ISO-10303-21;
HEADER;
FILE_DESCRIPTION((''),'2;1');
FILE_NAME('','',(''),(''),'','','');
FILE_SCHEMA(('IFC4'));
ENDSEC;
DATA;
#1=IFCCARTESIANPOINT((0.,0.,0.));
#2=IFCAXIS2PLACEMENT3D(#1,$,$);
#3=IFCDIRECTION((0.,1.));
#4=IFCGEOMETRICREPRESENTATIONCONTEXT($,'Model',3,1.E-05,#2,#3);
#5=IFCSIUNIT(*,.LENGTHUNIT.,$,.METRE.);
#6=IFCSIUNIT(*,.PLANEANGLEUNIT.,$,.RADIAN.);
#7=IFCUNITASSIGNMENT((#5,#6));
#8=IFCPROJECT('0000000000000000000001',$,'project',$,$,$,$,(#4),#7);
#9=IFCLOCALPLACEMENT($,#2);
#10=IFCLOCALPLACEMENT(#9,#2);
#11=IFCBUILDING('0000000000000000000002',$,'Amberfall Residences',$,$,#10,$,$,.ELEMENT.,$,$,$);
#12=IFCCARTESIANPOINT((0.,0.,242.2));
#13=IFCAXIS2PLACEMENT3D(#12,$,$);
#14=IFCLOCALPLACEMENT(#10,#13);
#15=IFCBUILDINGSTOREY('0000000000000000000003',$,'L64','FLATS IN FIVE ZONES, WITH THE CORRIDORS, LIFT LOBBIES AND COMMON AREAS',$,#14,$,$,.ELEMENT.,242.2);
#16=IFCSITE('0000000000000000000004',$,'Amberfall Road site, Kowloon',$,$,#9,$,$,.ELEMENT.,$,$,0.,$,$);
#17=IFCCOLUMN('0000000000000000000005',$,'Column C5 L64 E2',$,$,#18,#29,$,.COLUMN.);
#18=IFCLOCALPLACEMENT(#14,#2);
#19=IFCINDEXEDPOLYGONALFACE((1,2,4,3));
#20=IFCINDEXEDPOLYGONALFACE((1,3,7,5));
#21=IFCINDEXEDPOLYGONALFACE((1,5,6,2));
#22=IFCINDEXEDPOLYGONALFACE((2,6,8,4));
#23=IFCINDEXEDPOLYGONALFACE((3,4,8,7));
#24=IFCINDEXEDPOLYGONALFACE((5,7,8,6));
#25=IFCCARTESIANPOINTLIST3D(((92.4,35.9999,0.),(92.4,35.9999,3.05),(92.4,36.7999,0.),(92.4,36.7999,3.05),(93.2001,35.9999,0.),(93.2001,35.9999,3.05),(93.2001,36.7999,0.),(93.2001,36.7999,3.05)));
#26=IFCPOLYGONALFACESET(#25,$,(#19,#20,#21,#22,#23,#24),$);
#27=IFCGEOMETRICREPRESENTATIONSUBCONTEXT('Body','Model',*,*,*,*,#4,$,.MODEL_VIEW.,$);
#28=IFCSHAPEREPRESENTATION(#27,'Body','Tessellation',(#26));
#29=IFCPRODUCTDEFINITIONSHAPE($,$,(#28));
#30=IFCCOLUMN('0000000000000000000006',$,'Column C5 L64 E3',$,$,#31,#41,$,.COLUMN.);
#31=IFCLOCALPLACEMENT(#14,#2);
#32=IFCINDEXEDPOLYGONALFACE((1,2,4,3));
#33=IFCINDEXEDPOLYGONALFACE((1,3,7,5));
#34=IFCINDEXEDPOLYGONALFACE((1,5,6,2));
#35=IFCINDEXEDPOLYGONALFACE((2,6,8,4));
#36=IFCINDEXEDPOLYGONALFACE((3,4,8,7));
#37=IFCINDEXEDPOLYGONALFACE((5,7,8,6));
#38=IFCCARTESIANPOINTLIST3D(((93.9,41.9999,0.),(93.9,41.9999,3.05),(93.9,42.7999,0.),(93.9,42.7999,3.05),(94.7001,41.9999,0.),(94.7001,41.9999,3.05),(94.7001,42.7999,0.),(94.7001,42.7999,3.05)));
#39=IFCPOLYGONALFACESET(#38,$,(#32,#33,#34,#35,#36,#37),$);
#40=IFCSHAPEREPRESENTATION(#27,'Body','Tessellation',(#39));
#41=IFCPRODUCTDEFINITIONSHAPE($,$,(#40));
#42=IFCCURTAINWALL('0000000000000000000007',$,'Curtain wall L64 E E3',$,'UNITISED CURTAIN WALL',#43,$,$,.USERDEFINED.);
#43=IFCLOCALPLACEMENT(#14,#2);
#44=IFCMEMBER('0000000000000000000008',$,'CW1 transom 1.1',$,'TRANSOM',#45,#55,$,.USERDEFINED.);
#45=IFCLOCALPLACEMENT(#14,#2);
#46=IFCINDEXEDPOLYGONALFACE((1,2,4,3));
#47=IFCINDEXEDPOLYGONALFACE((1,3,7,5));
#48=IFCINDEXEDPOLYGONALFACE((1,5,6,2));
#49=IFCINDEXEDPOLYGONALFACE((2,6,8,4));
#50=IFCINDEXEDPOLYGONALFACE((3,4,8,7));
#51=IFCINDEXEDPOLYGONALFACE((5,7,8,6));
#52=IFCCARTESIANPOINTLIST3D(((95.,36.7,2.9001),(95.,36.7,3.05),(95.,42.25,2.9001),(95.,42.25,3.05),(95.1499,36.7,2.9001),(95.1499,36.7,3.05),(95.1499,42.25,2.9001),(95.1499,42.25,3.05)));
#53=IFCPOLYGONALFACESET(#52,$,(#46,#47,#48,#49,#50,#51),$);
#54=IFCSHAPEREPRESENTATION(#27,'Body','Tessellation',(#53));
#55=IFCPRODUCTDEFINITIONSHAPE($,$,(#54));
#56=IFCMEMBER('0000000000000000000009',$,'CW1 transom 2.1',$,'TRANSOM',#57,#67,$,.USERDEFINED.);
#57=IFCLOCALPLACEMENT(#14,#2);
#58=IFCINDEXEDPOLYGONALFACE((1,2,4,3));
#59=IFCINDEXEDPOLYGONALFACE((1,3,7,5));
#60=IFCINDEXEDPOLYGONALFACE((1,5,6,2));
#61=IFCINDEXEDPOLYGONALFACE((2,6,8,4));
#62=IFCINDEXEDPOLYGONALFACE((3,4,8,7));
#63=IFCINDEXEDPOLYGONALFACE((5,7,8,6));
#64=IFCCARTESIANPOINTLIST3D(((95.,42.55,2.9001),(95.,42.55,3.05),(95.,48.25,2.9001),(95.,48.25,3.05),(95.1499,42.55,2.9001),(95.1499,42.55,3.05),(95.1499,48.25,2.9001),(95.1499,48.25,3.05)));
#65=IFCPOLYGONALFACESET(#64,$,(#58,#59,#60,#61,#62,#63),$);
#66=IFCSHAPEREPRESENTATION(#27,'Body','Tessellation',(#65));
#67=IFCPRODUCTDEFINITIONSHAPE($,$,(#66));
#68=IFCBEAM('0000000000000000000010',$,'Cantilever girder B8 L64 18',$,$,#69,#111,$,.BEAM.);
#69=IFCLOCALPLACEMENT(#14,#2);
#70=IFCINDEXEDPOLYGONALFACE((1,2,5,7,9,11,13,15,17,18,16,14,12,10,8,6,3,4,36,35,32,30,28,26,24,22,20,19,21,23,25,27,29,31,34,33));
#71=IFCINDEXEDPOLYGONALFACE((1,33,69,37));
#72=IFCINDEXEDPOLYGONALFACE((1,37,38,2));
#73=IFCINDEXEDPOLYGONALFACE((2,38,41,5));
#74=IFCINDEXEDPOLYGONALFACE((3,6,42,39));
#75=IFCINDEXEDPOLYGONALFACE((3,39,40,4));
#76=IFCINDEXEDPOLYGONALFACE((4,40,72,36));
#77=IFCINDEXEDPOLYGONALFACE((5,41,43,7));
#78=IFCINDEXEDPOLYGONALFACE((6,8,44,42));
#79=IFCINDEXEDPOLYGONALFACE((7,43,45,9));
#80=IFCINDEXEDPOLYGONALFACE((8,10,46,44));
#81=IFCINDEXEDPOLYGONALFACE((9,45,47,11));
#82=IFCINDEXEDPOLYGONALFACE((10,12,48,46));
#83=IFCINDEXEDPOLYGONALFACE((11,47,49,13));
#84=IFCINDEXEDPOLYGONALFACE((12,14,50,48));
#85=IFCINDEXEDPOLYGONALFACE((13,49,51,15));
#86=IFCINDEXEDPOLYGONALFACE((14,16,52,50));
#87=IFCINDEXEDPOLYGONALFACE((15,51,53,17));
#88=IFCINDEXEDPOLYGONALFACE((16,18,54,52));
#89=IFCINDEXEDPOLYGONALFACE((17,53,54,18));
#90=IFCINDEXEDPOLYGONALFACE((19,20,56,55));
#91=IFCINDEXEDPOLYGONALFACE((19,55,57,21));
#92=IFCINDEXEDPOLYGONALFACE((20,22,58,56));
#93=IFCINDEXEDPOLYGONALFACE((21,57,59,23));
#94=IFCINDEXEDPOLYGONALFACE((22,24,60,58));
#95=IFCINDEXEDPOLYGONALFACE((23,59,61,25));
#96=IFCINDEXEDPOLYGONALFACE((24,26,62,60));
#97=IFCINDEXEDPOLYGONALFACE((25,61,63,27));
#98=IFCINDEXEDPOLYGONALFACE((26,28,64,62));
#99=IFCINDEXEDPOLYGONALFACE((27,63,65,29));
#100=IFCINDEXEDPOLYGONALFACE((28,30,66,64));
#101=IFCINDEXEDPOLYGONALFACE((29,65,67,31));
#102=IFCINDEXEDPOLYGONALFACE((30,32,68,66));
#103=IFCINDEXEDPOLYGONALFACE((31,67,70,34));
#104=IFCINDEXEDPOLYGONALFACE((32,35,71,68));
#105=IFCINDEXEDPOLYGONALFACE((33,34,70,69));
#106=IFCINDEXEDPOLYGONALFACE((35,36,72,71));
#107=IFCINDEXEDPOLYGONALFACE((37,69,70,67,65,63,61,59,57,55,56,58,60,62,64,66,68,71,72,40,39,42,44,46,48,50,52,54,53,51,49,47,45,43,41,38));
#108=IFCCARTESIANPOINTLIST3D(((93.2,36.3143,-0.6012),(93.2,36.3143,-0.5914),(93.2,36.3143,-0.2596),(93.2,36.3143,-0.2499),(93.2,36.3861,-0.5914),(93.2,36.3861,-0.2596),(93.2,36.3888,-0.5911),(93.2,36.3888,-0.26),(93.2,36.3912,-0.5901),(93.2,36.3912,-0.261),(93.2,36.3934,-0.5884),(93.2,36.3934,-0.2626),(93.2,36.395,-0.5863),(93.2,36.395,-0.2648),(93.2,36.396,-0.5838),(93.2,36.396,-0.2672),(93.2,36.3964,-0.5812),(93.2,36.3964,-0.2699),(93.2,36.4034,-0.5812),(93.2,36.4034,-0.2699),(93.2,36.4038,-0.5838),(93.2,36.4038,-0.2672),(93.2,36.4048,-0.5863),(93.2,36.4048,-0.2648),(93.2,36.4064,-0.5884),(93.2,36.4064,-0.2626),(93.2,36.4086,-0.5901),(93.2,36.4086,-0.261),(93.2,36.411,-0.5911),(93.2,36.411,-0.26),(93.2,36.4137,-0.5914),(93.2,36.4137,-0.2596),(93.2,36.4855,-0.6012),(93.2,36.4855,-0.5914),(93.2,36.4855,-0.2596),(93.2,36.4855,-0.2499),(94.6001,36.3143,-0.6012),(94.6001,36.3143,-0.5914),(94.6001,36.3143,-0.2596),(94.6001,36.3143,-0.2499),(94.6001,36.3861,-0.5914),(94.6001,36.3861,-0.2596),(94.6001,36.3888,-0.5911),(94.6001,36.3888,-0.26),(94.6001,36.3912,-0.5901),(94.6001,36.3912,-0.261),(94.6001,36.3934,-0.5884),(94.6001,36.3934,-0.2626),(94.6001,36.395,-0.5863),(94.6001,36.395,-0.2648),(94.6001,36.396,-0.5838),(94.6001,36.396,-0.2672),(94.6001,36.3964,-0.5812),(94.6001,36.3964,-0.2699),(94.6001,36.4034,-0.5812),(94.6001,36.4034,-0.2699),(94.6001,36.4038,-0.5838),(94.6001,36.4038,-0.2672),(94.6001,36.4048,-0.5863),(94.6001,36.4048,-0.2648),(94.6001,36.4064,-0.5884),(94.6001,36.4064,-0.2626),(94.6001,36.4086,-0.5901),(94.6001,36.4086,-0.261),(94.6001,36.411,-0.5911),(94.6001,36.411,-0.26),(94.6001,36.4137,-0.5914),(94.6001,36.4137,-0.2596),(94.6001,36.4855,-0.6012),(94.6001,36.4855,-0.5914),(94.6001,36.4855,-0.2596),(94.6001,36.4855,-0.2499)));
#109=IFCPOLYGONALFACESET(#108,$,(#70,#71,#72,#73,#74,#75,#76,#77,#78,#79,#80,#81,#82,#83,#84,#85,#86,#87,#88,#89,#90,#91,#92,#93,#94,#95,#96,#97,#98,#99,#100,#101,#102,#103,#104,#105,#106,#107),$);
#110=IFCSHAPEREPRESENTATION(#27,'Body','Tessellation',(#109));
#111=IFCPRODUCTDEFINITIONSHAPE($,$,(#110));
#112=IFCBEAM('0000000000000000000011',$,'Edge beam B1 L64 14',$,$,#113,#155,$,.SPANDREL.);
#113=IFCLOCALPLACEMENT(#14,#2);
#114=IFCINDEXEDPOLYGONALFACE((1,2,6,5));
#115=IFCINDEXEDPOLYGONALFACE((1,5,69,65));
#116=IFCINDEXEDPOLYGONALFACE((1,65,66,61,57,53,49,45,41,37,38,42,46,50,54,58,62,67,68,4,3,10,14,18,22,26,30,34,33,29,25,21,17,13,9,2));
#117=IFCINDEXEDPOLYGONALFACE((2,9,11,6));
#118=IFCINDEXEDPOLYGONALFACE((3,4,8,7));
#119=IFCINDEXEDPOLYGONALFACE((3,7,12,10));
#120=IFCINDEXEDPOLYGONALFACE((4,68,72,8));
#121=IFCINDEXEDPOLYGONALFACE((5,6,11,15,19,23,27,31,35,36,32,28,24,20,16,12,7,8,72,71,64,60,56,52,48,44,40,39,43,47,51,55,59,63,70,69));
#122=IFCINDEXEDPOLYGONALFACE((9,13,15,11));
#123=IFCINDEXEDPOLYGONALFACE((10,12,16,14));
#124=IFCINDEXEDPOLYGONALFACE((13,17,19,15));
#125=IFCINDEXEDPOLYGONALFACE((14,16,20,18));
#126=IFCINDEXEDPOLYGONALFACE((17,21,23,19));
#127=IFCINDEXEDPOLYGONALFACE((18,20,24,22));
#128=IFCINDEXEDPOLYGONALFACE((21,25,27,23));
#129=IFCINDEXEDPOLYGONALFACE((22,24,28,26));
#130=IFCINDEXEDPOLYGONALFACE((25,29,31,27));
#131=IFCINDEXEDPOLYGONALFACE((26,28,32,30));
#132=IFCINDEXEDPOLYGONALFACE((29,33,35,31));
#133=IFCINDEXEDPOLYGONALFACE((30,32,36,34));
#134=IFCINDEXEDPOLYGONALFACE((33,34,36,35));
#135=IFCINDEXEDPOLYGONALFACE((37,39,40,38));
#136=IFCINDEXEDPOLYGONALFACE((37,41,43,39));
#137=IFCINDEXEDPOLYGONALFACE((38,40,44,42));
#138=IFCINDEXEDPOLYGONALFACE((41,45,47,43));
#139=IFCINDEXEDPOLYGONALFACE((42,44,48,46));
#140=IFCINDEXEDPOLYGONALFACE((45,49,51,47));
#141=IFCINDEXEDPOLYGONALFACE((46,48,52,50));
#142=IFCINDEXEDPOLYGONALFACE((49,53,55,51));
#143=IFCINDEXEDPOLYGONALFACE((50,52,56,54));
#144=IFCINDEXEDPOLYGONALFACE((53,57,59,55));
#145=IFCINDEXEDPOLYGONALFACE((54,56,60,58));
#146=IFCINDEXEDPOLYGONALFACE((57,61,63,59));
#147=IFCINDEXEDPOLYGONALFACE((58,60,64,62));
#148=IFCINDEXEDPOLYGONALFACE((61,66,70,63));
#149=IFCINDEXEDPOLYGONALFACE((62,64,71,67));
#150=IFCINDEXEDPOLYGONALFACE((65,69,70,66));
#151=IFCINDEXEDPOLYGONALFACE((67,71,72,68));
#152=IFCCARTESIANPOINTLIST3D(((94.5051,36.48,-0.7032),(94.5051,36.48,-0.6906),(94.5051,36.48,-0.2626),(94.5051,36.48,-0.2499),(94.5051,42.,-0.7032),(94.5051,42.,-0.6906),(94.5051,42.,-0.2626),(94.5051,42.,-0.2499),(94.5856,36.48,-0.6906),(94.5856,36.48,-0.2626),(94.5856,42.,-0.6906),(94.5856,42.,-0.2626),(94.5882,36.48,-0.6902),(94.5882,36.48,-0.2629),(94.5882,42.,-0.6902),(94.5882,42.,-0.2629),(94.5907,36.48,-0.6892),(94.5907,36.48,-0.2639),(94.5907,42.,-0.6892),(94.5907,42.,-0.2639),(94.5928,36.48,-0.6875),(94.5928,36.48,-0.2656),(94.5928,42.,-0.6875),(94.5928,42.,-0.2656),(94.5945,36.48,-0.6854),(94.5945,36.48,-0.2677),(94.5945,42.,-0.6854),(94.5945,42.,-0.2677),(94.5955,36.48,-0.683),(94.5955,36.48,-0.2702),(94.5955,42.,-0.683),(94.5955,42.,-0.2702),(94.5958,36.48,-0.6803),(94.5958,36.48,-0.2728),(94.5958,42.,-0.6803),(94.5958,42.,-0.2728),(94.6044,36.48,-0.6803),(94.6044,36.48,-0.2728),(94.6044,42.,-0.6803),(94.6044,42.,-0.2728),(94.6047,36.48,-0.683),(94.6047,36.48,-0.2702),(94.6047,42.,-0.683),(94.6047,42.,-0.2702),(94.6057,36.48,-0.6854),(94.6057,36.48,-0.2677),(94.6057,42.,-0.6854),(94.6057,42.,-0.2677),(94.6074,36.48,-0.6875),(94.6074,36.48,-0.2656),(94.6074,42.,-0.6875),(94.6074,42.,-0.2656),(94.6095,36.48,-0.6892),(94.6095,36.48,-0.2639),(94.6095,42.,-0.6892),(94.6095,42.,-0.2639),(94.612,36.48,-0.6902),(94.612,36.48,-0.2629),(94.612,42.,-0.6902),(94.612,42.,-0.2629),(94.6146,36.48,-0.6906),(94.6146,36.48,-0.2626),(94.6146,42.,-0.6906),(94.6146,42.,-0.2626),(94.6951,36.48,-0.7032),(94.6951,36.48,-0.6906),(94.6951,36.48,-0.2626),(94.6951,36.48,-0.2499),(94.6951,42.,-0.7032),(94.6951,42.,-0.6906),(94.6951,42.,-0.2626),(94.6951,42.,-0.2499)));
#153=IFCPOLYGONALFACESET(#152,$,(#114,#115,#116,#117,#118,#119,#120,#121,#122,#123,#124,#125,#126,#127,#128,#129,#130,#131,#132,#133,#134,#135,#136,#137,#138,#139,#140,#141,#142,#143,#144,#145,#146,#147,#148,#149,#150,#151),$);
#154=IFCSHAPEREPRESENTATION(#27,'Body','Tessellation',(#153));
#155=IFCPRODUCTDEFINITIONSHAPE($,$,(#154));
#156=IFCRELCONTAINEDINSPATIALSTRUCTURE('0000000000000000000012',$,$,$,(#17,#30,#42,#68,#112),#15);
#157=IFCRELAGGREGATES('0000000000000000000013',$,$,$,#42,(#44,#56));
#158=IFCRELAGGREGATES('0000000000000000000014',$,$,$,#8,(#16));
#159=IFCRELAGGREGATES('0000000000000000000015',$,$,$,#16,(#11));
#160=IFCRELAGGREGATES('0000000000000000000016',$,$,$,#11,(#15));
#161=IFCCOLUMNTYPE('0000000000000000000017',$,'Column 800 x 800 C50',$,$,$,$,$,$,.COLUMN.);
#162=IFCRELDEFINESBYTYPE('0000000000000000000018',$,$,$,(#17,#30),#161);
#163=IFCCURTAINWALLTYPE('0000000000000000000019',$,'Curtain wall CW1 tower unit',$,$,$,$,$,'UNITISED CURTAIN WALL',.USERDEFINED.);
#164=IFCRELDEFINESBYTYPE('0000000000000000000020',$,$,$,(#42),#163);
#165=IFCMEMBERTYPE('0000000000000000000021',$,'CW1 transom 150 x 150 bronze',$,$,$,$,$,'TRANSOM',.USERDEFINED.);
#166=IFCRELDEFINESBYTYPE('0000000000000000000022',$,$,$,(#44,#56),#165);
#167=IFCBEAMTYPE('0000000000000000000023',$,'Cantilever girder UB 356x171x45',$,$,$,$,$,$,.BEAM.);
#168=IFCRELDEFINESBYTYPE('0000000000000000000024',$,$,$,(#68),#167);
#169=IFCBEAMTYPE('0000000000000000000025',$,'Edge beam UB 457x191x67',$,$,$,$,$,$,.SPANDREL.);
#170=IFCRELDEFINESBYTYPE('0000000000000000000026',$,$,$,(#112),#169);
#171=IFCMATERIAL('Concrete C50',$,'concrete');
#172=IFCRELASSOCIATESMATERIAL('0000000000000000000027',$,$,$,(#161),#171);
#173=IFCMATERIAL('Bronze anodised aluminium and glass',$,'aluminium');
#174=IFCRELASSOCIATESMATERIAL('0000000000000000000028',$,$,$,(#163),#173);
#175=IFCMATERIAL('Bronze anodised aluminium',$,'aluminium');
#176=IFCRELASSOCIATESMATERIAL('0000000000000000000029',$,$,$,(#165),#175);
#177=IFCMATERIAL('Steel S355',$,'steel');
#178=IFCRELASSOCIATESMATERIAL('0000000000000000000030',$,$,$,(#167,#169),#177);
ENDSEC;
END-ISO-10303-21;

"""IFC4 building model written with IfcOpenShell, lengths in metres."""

from ifc_helpers import new_model, si_unit, direction, frame, origin, origin_2d, place, context, subcontext, project, spatial, rectangle, i_section, extrude, material, material_profile, profile_set, type_object, element, aggregate, save


model = new_model("IFC4")

# Units and contexts
model_context = context("Model", 3, precision=1e-05, world=origin(), true_north=direction((0.0, 1.0)))
body_context = subcontext(model_context, "Body", "Model", "MODEL_VIEW")
ifc_project = project(units=[si_unit("LENGTHUNIT", "METRE"), si_unit("PLANEANGLEUNIT", "RADIAN")], contexts=[model_context])

# Site, building, storey
site_placement = place(None, origin())
site = spatial("IfcSite", under=ifc_project, at=site_placement, Name="Amberfall Road site, Kowloon", CompositionType="ELEMENT", RefElevation=0.0)
building_placement = place(site_placement, origin())
building = spatial("IfcBuilding", under=site, at=building_placement, Name="Amberfall Residences", CompositionType="ELEMENT")
storey_placement = place(building_placement, frame((0.0, 0.0, 242.2)))
storey = spatial("IfcBuildingStorey", under=building, at=storey_placement, Name="L64", Description="FLATS IN FIVE ZONES, WITH THE CORRIDORS, LIFT LOBBIES AND COMMON AREAS", CompositionType="ELEMENT", Elevation=242.2)

# Columns
ifc_material_1 = material(Name="Concrete C50", Category="concrete")
ifc_material_profile_1 = material_profile(ifc_material_1, rectangle(XDim=0.8, YDim=0.8, at=origin_2d()), Name="Column 800 x 800 C50")
ifc_profile_set_1 = profile_set([ifc_material_profile_1], Name="Concrete C50")
column_type = type_object("IfcColumnType", Name="Column 800 x 800 C50", PredefinedType="COLUMN", material=ifc_profile_set_1)
for number, where, z_axis, x_axis, name in (
    (1, (92.8, 36.3999, 0.0), (0.0, 0.0, 1.0), (1.0, 0.0, 0.0), "Column C5 L64 E2"),
    (2, (94.3, 42.3999, 0.0), (0.0, 0.0, 1.0), (1.0, 0.0, 0.0), "Column C5 L64 E3"),
):
    element("IfcColumn", number, at=place(storey_placement, frame(where, z_axis=z_axis, x_axis=x_axis)), inside=storey, type_object=column_type, Name=name, PredefinedType="COLUMN", context=body_context, shape_type="SweptSolid", body=[
        extrude(rectangle(XDim=0.8, YDim=0.8, at=origin_2d()), origin(), (0.0, 0.0, 1.0), 3.05),
    ])

# Curtain wall, members
ifc_material_2 = material(Name="Bronze anodised aluminium and glass", Category="aluminium")
curtain_wall_type = type_object("IfcCurtainWallType", Name="Curtain wall CW1 tower unit", ElementType="UNITISED CURTAIN WALL", PredefinedType="USERDEFINED", material=ifc_material_2)
curtain_wall_placement = place(storey_placement, origin())
curtain_wall = element("IfcCurtainWall", 3, at=curtain_wall_placement, inside=storey, type_object=curtain_wall_type, Name="Curtain wall L64 E E3", ObjectType="UNITISED CURTAIN WALL", PredefinedType="USERDEFINED")
ifc_material_3 = material(Name="Bronze anodised aluminium", Category="aluminium")
ifc_material_profile_2 = material_profile(ifc_material_3, rectangle(XDim=0.1499, YDim=0.1499, at=origin_2d()), Name="CW1 transom 150 x 150 bronze")
ifc_profile_set_2 = profile_set([ifc_material_profile_2], Name="Bronze anodised aluminium")
member_type_1 = type_object("IfcMemberType", Name="CW1 transom 150 x 150 bronze", ElementType="TRANSOM", PredefinedType="USERDEFINED", material=ifc_profile_set_2)
member_1_placement = place(storey_placement, frame((95.075, 36.7, 2.9751), z_axis=(0.0, 1.0, 0.0), x_axis=(-1.0, 0.0, 0.0)))
member_1 = element("IfcMember", 4, at=member_1_placement, type_object=member_type_1, Name="CW1 transom 1.1", ObjectType="TRANSOM", PredefinedType="USERDEFINED", context=body_context, shape_type="SweptSolid", body=[
    extrude(rectangle(XDim=0.1499, YDim=0.1499, at=origin_2d()), origin(), (0.0, 0.0, 1.0), 5.55),
])
member_2_placement = place(storey_placement, frame((95.075, 42.55, 2.9751), z_axis=(0.0, 1.0, 0.0), x_axis=(-1.0, 0.0, 0.0)))
member_2 = element("IfcMember", 5, at=member_2_placement, type_object=member_type_1, Name="CW1 transom 2.1", ObjectType="TRANSOM", PredefinedType="USERDEFINED", context=body_context, shape_type="SweptSolid", body=[
    extrude(rectangle(XDim=0.1499, YDim=0.1499, at=origin_2d()), origin(), (0.0, 0.0, 1.0), 5.7),
])

# Beams
ifc_material_4 = material(Name="Steel S355", Category="steel")
ifc_material_profile_3 = material_profile(ifc_material_4, i_section(OverallWidth=0.1711, OverallDepth=0.3513, WebThickness=0.0071, FlangeThickness=0.0098, FilletRadius=0.0103, at=origin_2d()), Name="UB 356x171x45")
ifc_profile_set_3 = profile_set([ifc_material_profile_3], Name="Steel S355")
beam_type_1 = type_object("IfcBeamType", Name="Cantilever girder UB 356x171x45", PredefinedType="BEAM", material=ifc_profile_set_3)
beam_1_placement = place(storey_placement, frame((93.2, 36.3999, -0.4255), z_axis=(1.0, 0.0, 0.0), x_axis=(0.0, 1.0, 0.0)))
element("IfcBeam", 6, at=beam_1_placement, inside=storey, type_object=beam_type_1, Name="Cantilever girder B8 L64 18", PredefinedType="BEAM", context=body_context, shape_type="SweptSolid", body=[
    extrude(i_section(OverallWidth=0.1711, OverallDepth=0.3513, WebThickness=0.0071, FlangeThickness=0.0098, FilletRadius=0.0103, at=origin_2d()), origin(), (0.0, 0.0, 1.0), 1.4001),
])
ifc_material_profile_4 = material_profile(ifc_material_4, i_section(OverallWidth=0.1899, OverallDepth=0.4534, WebThickness=0.0085, FlangeThickness=0.0127, FilletRadius=0.0103, at=origin_2d()), Name="UB 457x191x67")
ifc_profile_set_4 = profile_set([ifc_material_profile_4], Name="Steel S355")
beam_type_2 = type_object("IfcBeamType", Name="Edge beam UB 457x191x67", PredefinedType="SPANDREL", material=ifc_profile_set_4)
beam_2_placement = place(storey_placement, frame((94.6001, 36.48, -0.4766), z_axis=(0.0, 1.0, 0.0), x_axis=(-1.0, 0.0, 0.0)))
element("IfcBeam", 7, at=beam_2_placement, inside=storey, type_object=beam_type_2, Name="Edge beam B1 L64 14", PredefinedType="SPANDREL", context=body_context, shape_type="SweptSolid", body=[
    extrude(i_section(OverallWidth=0.1899, OverallDepth=0.4534, WebThickness=0.0085, FlangeThickness=0.0127, FilletRadius=0.0103, at=origin_2d()), origin(), (0.0, 0.0, 1.0), 5.52),
])

aggregate(curtain_wall, [member_1, member_2])

save(model, "model.ifc")
